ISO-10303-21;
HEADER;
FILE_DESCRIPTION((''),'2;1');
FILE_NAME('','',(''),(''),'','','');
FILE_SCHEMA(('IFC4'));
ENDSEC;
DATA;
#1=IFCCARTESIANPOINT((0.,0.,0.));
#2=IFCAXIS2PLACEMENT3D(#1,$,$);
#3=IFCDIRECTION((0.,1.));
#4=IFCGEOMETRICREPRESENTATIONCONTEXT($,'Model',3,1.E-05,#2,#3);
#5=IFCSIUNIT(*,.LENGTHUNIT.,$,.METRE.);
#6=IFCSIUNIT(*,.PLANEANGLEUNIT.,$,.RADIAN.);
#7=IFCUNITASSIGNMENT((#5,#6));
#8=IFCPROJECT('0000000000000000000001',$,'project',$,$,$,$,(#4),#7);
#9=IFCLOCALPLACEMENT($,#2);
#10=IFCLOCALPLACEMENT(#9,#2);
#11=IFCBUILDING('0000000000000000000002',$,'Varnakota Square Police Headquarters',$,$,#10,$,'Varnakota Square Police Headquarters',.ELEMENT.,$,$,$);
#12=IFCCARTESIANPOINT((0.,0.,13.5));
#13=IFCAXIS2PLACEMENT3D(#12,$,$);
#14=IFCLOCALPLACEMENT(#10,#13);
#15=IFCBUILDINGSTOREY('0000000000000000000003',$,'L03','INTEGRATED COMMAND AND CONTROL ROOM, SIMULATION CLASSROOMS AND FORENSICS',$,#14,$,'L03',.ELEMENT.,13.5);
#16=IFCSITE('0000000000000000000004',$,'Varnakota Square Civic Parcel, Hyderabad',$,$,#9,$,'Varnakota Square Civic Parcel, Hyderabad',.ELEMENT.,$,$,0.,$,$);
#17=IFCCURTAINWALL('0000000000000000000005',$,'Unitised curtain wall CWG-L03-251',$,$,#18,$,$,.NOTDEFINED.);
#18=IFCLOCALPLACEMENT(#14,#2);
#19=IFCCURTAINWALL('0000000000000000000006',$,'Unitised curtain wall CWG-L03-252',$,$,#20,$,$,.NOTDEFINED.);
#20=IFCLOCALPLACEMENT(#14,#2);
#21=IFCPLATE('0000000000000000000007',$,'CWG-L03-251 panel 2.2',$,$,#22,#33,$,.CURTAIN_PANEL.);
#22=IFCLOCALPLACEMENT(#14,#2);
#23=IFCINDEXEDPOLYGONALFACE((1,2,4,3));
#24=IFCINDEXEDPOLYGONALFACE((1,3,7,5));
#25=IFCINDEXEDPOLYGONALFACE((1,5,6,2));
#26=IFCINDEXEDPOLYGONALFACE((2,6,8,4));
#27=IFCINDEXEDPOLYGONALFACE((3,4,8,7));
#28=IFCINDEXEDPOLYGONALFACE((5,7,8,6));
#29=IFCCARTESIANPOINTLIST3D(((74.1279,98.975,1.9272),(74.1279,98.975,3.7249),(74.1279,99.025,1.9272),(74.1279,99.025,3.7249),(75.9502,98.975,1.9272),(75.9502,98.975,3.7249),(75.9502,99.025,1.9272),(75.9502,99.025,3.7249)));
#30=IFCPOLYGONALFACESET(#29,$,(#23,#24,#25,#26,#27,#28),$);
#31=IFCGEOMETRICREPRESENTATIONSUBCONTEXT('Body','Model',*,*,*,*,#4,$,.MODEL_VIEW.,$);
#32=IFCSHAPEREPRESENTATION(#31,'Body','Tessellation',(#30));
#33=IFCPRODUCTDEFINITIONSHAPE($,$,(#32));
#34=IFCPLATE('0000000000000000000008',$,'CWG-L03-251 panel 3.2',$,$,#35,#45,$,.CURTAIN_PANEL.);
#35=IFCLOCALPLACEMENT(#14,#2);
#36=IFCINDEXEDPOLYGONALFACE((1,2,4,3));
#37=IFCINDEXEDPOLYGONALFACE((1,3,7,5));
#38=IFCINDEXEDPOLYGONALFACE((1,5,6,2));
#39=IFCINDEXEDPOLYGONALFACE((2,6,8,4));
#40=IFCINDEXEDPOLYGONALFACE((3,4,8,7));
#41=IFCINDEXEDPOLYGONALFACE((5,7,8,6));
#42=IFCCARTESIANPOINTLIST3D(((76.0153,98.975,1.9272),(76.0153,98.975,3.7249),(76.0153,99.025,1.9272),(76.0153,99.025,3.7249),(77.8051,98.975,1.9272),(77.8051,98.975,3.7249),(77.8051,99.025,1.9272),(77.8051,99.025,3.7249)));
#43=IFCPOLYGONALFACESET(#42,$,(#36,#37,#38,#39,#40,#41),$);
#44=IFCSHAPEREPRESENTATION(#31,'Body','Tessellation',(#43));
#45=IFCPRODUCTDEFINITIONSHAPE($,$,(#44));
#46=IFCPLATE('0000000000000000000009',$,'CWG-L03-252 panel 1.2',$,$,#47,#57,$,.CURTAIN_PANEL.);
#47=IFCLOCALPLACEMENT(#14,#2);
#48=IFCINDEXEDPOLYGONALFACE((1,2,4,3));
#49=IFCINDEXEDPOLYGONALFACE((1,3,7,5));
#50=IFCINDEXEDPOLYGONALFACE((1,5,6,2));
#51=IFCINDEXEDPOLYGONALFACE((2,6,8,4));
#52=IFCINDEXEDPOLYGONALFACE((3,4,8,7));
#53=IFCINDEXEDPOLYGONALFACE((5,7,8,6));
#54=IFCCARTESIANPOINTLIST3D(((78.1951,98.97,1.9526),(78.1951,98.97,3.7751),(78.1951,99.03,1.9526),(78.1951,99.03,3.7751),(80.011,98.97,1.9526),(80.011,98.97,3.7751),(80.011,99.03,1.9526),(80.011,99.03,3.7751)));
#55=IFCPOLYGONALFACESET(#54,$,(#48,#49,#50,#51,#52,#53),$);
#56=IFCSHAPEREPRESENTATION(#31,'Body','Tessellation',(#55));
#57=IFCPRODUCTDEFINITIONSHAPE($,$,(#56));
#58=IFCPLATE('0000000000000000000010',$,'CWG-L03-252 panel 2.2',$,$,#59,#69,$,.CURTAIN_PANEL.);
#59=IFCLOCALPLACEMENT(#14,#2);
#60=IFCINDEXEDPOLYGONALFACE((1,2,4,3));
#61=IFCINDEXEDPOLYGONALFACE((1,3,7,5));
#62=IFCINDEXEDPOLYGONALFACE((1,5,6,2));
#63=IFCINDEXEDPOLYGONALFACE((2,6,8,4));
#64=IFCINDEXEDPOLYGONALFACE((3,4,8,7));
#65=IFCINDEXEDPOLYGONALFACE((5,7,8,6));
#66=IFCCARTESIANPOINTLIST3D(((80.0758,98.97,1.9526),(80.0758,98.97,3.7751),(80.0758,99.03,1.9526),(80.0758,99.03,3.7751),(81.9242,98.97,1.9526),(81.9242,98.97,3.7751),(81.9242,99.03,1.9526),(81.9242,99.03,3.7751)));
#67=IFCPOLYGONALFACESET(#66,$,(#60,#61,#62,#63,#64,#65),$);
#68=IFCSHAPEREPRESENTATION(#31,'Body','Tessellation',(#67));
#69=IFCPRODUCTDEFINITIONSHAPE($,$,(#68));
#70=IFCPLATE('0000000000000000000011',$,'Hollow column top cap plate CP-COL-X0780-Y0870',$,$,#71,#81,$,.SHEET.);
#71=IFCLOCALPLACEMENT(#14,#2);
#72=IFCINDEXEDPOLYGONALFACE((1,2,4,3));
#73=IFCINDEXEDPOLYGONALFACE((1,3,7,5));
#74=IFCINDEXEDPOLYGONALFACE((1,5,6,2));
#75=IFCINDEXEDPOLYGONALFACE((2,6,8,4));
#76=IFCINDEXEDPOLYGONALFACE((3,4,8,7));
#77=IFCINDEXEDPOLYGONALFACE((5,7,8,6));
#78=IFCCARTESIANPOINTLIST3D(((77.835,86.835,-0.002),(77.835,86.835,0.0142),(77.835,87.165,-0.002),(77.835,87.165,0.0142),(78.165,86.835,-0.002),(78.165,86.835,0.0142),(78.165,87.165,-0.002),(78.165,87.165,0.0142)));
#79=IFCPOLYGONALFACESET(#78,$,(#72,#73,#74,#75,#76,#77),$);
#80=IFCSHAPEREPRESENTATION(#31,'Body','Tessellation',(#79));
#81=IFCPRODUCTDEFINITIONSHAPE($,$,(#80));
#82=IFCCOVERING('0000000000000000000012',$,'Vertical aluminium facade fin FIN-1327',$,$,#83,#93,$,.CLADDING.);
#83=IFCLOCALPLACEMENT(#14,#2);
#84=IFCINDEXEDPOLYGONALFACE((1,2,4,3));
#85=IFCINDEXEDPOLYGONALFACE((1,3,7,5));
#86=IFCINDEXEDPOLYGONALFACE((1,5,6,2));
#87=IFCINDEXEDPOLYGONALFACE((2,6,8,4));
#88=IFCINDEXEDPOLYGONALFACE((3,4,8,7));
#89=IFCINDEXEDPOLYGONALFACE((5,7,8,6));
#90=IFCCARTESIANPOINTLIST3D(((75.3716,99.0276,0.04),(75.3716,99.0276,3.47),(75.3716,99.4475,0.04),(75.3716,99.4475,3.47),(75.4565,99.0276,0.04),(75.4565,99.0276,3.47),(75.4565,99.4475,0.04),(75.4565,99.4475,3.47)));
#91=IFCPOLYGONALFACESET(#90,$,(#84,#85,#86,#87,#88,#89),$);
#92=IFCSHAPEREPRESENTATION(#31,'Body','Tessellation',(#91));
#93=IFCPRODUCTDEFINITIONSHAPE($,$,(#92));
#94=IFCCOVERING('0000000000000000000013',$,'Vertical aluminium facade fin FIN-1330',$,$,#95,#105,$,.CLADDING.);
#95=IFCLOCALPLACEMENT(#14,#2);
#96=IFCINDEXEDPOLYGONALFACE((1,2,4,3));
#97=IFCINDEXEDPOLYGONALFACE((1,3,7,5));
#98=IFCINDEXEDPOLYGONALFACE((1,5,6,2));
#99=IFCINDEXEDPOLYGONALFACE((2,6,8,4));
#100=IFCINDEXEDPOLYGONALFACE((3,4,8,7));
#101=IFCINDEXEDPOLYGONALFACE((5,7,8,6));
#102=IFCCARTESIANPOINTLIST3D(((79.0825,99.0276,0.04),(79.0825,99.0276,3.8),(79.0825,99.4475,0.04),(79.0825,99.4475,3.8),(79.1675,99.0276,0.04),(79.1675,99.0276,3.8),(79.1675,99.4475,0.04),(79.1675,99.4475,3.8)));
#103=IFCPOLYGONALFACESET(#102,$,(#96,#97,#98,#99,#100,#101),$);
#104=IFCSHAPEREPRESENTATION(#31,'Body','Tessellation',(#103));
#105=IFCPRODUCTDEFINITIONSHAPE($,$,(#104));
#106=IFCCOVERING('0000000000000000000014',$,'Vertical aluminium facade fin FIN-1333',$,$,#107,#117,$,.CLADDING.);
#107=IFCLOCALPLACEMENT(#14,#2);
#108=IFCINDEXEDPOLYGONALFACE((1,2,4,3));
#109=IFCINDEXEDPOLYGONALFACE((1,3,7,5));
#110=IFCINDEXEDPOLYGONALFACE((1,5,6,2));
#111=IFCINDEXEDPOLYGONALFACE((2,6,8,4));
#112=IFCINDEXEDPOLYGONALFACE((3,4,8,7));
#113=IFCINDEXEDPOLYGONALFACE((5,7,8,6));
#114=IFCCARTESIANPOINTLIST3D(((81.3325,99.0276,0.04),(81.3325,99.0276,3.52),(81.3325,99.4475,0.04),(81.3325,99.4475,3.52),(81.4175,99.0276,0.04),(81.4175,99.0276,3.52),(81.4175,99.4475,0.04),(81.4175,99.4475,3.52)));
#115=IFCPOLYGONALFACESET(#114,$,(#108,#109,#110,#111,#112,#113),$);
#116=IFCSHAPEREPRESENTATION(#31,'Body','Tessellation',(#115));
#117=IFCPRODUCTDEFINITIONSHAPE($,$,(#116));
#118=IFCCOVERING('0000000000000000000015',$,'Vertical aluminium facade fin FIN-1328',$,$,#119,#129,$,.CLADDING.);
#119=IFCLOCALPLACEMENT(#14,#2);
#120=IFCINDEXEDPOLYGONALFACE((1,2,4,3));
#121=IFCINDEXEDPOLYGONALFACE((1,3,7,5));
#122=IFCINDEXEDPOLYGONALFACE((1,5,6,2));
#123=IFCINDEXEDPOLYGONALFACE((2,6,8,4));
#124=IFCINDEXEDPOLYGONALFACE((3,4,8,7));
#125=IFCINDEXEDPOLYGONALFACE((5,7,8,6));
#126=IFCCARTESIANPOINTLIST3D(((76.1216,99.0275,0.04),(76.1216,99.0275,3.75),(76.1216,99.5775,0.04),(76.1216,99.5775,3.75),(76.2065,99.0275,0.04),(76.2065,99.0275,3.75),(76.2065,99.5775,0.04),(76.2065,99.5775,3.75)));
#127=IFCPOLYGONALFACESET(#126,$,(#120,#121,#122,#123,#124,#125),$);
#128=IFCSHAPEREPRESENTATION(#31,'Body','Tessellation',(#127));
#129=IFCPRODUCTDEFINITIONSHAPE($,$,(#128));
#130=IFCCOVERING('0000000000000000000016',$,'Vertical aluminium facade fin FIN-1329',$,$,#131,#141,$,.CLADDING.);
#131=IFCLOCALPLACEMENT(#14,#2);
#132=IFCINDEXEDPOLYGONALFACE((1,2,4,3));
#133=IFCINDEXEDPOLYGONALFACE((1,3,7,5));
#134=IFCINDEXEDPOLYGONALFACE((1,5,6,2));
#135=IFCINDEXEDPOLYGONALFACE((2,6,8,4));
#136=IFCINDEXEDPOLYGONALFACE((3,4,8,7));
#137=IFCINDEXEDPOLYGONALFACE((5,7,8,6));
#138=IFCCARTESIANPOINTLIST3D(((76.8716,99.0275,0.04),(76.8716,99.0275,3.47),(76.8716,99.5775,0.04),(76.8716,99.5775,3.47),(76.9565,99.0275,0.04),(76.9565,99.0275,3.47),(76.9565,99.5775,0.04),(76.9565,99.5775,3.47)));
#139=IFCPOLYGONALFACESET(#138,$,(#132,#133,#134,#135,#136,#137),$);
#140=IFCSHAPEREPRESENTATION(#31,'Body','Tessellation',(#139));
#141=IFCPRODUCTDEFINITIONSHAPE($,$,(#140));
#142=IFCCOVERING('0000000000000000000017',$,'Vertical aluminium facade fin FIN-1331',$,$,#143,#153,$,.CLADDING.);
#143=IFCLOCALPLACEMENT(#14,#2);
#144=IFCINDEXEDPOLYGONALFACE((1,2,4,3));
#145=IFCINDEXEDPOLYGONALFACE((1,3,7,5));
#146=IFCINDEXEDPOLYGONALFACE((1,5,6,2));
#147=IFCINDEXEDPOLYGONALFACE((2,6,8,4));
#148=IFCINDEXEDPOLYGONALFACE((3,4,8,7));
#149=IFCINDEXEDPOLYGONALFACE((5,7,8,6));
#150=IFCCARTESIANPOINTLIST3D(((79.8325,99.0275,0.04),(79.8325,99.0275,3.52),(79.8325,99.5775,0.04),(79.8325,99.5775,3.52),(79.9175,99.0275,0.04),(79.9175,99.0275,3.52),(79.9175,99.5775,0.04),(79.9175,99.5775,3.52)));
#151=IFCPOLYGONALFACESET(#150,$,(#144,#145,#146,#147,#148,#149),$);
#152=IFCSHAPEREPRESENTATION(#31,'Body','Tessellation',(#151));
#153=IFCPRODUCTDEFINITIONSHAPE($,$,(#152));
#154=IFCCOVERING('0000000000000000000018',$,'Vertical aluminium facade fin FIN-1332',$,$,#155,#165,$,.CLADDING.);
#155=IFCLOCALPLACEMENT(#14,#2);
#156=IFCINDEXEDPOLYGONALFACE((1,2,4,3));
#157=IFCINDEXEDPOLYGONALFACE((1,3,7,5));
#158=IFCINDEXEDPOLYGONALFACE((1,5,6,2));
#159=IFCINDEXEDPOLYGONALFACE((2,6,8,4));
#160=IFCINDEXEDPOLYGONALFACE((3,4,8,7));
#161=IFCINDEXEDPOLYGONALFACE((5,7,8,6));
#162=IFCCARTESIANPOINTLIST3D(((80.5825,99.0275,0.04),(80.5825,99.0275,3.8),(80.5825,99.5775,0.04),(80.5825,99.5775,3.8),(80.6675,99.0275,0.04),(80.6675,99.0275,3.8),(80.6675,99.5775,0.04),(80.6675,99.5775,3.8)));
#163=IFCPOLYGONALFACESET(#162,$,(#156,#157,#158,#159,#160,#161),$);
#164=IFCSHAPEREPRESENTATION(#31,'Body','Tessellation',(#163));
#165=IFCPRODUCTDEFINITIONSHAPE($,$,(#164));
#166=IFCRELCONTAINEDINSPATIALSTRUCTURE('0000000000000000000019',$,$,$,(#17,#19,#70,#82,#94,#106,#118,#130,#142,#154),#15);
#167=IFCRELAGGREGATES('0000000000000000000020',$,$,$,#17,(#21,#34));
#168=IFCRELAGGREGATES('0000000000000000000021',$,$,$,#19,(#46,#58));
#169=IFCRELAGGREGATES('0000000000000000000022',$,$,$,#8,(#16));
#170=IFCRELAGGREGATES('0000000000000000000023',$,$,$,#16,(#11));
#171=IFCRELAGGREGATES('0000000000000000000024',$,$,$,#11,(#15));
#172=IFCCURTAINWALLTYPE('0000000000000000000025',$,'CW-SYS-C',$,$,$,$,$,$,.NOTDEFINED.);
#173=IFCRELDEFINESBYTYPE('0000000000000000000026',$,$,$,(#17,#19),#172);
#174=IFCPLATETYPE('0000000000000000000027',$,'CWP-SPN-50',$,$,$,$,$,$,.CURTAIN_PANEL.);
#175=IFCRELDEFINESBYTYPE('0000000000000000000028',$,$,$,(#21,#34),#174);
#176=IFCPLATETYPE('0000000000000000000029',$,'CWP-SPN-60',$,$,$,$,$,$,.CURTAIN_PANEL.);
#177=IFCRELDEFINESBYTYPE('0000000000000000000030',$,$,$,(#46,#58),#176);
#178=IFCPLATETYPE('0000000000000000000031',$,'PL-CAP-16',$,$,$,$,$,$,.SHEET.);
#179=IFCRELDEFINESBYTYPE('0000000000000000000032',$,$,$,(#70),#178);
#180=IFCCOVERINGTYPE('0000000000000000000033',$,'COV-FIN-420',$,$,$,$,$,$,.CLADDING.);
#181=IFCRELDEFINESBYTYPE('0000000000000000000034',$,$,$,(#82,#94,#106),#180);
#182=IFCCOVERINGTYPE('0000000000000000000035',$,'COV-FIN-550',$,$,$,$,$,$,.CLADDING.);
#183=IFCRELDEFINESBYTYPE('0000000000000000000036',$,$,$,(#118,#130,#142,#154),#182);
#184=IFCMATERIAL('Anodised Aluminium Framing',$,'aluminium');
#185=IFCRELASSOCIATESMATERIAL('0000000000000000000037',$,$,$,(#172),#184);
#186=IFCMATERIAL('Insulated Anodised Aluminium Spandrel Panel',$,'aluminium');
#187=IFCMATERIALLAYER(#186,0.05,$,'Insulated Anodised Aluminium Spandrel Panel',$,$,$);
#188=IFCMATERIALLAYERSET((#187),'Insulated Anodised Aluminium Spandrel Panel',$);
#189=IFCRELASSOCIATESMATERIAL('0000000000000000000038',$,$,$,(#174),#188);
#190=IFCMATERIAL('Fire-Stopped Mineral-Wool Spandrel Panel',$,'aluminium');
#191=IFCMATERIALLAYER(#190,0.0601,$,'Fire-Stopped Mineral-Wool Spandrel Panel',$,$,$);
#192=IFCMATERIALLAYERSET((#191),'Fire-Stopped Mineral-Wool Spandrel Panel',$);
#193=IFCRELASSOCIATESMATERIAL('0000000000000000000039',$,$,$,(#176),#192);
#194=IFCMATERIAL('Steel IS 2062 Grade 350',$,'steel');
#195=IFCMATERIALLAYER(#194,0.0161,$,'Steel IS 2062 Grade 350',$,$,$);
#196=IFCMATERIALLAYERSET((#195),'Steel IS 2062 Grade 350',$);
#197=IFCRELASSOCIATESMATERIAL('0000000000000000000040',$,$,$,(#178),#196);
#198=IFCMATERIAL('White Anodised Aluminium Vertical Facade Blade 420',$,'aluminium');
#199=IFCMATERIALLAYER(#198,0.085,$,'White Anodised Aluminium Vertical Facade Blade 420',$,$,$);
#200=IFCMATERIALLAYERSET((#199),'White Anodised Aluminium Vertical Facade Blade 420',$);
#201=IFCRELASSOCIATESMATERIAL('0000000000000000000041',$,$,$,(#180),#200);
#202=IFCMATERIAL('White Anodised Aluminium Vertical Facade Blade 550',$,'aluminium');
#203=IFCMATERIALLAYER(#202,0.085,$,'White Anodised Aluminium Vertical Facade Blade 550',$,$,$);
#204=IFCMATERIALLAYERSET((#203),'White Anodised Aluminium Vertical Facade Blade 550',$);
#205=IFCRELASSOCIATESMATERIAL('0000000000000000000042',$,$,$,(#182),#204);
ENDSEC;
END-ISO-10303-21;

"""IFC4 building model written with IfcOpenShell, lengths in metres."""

from ifc_helpers import new_model, si_unit, direction, frame, origin, origin_2d, place, context, subcontext, project, spatial, rectangle, extrude, material, layer, layer_set, type_object, element, aggregate, save


model = new_model("IFC4")

# Units and contexts
model_context = context("Model", 3, precision=1e-05, world=origin(), true_north=direction((0.0, 1.0)))
body_context = subcontext(model_context, "Body", "Model", "MODEL_VIEW")
ifc_project = project(units=[si_unit("LENGTHUNIT", "METRE"), si_unit("PLANEANGLEUNIT", "RADIAN")], contexts=[model_context])

# Site, building, storey
site_placement = place(None, origin())
site = spatial("IfcSite", under=ifc_project, at=site_placement, Name="Varnakota Square Civic Parcel, Hyderabad", LongName="Varnakota Square Civic Parcel, Hyderabad", CompositionType="ELEMENT", RefElevation=0.0)
building_placement = place(site_placement, origin())
building = spatial("IfcBuilding", under=site, at=building_placement, Name="Varnakota Square Police Headquarters", LongName="Varnakota Square Police Headquarters", CompositionType="ELEMENT")
storey_placement = place(building_placement, frame((0.0, 0.0, 13.5)))
storey = spatial("IfcBuildingStorey", under=building, at=storey_placement, Name="L03", Description="INTEGRATED COMMAND AND CONTROL ROOM, SIMULATION CLASSROOMS AND FORENSICS", LongName="L03", CompositionType="ELEMENT", Elevation=13.5)

# Shared definitions
ifc_material_1 = material(Name="Steel IS 2062 Grade 350", Category="steel")

# Curtain walls
ifc_material_2 = material(Name="Anodised Aluminium Framing", Category="aluminium")
curtain_wall_type = type_object("IfcCurtainWallType", Name="CW-SYS-C", PredefinedType="NOTDEFINED", material=ifc_material_2)
curtain_wall_1_placement = place(storey_placement, origin())
curtain_wall_1 = element("IfcCurtainWall", 1, at=curtain_wall_1_placement, inside=storey, type_object=curtain_wall_type, Name="Unitised curtain wall CWG-L03-251", PredefinedType="NOTDEFINED")
curtain_wall_2_placement = place(storey_placement, origin())
curtain_wall_2 = element("IfcCurtainWall", 2, at=curtain_wall_2_placement, inside=storey, type_object=curtain_wall_type, Name="Unitised curtain wall CWG-L03-252", PredefinedType="NOTDEFINED")

# Plates
ifc_material_3 = material(Name="Insulated Anodised Aluminium Spandrel Panel", Category="aluminium")
ifc_layer_1 = layer(ifc_material_3, 0.05, Name="Insulated Anodised Aluminium Spandrel Panel")
ifc_layer_set_1 = layer_set([ifc_layer_1], Name="Insulated Anodised Aluminium Spandrel Panel")
plate_type_1 = type_object("IfcPlateType", Name="CWP-SPN-50", PredefinedType="CURTAIN_PANEL", material=ifc_layer_set_1)
plate_1_placement = place(storey_placement, frame((75.0391, 99.0, 1.9272), z_axis=(0.0, 0.0, 1.0), x_axis=(1.0, 0.0, 0.0)))
plate_1 = element("IfcPlate", 3, at=plate_1_placement, type_object=plate_type_1, Name="CWG-L03-251 panel 2.2", PredefinedType="CURTAIN_PANEL", context=body_context, shape_type="SweptSolid", body=[
    extrude(rectangle(XDim=1.8223, YDim=0.05, at=origin_2d()), origin(), (0.0, 0.0, 1.0), 1.7976),
])
plate_2_placement = place(storey_placement, frame((76.9102, 99.0, 1.9272), z_axis=(0.0, 0.0, 1.0), x_axis=(1.0, 0.0, 0.0)))
plate_2 = element("IfcPlate", 4, at=plate_2_placement, type_object=plate_type_1, Name="CWG-L03-251 panel 3.2", PredefinedType="CURTAIN_PANEL", context=body_context, shape_type="SweptSolid", body=[
    extrude(rectangle(XDim=1.7898, YDim=0.05, at=origin_2d()), origin(), (0.0, 0.0, 1.0), 1.7976),
])
aggregate(curtain_wall_1, [plate_1, plate_2])
ifc_material_4 = material(Name="Fire-Stopped Mineral-Wool Spandrel Panel", Category="aluminium")
ifc_layer_2 = layer(ifc_material_4, 0.0601, Name="Fire-Stopped Mineral-Wool Spandrel Panel")
ifc_layer_set_2 = layer_set([ifc_layer_2], Name="Fire-Stopped Mineral-Wool Spandrel Panel")
plate_type_2 = type_object("IfcPlateType", Name="CWP-SPN-60", PredefinedType="CURTAIN_PANEL", material=ifc_layer_set_2)
plate_3_placement = place(storey_placement, frame((79.103, 99.0, 1.9526), z_axis=(0.0, 0.0, 1.0), x_axis=(1.0, 0.0, 0.0)))
plate_3 = element("IfcPlate", 5, at=plate_3_placement, type_object=plate_type_2, Name="CWG-L03-252 panel 1.2", PredefinedType="CURTAIN_PANEL", context=body_context, shape_type="SweptSolid", body=[
    extrude(rectangle(XDim=1.8159, YDim=0.0601, at=origin_2d()), origin(), (0.0, 0.0, 1.0), 1.8225),
])
plate_4_placement = place(storey_placement, frame((81.0, 99.0, 1.9526), z_axis=(0.0, 0.0, 1.0), x_axis=(1.0, 0.0, 0.0)))
plate_4 = element("IfcPlate", 6, at=plate_4_placement, type_object=plate_type_2, Name="CWG-L03-252 panel 2.2", PredefinedType="CURTAIN_PANEL", context=body_context, shape_type="SweptSolid", body=[
    extrude(rectangle(XDim=1.8484, YDim=0.0601, at=origin_2d()), origin(), (0.0, 0.0, 1.0), 1.8225),
])
aggregate(curtain_wall_2, [plate_3, plate_4])
ifc_layer_3 = layer(ifc_material_1, 0.0161, Name="Steel IS 2062 Grade 350")
ifc_layer_set_3 = layer_set([ifc_layer_3], Name="Steel IS 2062 Grade 350")
plate_type_3 = type_object("IfcPlateType", Name="PL-CAP-16", PredefinedType="SHEET", material=ifc_layer_set_3)
plate_5_placement = place(storey_placement, frame((78.0, 87.0, -0.002), z_axis=(0.0, 0.0, 1.0), x_axis=(1.0, 0.0, 0.0)))
element("IfcPlate", 7, at=plate_5_placement, inside=storey, type_object=plate_type_3, Name="Hollow column top cap plate CP-COL-X0780-Y0870", PredefinedType="SHEET", context=body_context, shape_type="SweptSolid", body=[
    extrude(rectangle(XDim=0.3301, YDim=0.3301, at=origin_2d()), origin(), (0.0, 0.0, 1.0), 0.0161),
])

# Coverings
ifc_material_5 = material(Name="White Anodised Aluminium Vertical Facade Blade 420", Category="aluminium")
ifc_layer_4 = layer(ifc_material_5, 0.085, Name="White Anodised Aluminium Vertical Facade Blade 420")
ifc_layer_set_4 = layer_set([ifc_layer_4], Name="White Anodised Aluminium Vertical Facade Blade 420")
covering_type_1 = type_object("IfcCoveringType", Name="COV-FIN-420", PredefinedType="CLADDING", material=ifc_layer_set_4)
covering_1_placement = place(storey_placement, frame((75.4141, 99.2375, 0.04), z_axis=(0.0, 0.0, 1.0), x_axis=(1.0, 0.0, 0.0)))
element("IfcCovering", 8, at=covering_1_placement, inside=storey, type_object=covering_type_1, Name="Vertical aluminium facade fin FIN-1327", PredefinedType="CLADDING", context=body_context, shape_type="SweptSolid", body=[
    extrude(rectangle(XDim=0.085, YDim=0.4199, at=origin_2d()), origin(), (0.0, 0.0, 1.0), 3.4299),
])
covering_2_placement = place(storey_placement, frame((79.125, 99.2375, 0.04), z_axis=(0.0, 0.0, 1.0), x_axis=(1.0, 0.0, 0.0)))
element("IfcCovering", 9, at=covering_2_placement, inside=storey, type_object=covering_type_1, Name="Vertical aluminium facade fin FIN-1330", PredefinedType="CLADDING", context=body_context, shape_type="SweptSolid", body=[
    extrude(rectangle(XDim=0.085, YDim=0.4199, at=origin_2d()), origin(), (0.0, 0.0, 1.0), 3.76),
])
covering_3_placement = place(storey_placement, frame((81.375, 99.2375, 0.04), z_axis=(0.0, 0.0, 1.0), x_axis=(1.0, 0.0, 0.0)))
element("IfcCovering", 10, at=covering_3_placement, inside=storey, type_object=covering_type_1, Name="Vertical aluminium facade fin FIN-1333", PredefinedType="CLADDING", context=body_context, shape_type="SweptSolid", body=[
    extrude(rectangle(XDim=0.085, YDim=0.4199, at=origin_2d()), origin(), (0.0, 0.0, 1.0), 3.48),
])
ifc_material_6 = material(Name="White Anodised Aluminium Vertical Facade Blade 550", Category="aluminium")
ifc_layer_5 = layer(ifc_material_6, 0.085, Name="White Anodised Aluminium Vertical Facade Blade 550")
ifc_layer_set_5 = layer_set([ifc_layer_5], Name="White Anodised Aluminium Vertical Facade Blade 550")
covering_type_2 = type_object("IfcCoveringType", Name="COV-FIN-550", PredefinedType="CLADDING", material=ifc_layer_set_5)
covering_4_placement = place(storey_placement, frame((76.1641, 99.3025, 0.04), z_axis=(0.0, 0.0, 1.0), x_axis=(1.0, 0.0, 0.0)))
element("IfcCovering", 11, at=covering_4_placement, inside=storey, type_object=covering_type_2, Name="Vertical aluminium facade fin FIN-1328", PredefinedType="CLADDING", context=body_context, shape_type="SweptSolid", body=[
    extrude(rectangle(XDim=0.085, YDim=0.55, at=origin_2d()), origin(), (0.0, 0.0, 1.0), 3.71),
])
covering_5_placement = place(storey_placement, frame((76.9141, 99.3025, 0.04), z_axis=(0.0, 0.0, 1.0), x_axis=(1.0, 0.0, 0.0)))
element("IfcCovering", 12, at=covering_5_placement, inside=storey, type_object=covering_type_2, Name="Vertical aluminium facade fin FIN-1329", PredefinedType="CLADDING", context=body_context, shape_type="SweptSolid", body=[
    extrude(rectangle(XDim=0.085, YDim=0.55, at=origin_2d()), origin(), (0.0, 0.0, 1.0), 3.4299),
])
covering_6_placement = place(storey_placement, frame((79.875, 99.3025, 0.04), z_axis=(0.0, 0.0, 1.0), x_axis=(1.0, 0.0, 0.0)))
element("IfcCovering", 13, at=covering_6_placement, inside=storey, type_object=covering_type_2, Name="Vertical aluminium facade fin FIN-1331", PredefinedType="CLADDING", context=body_context, shape_type="SweptSolid", body=[
    extrude(rectangle(XDim=0.085, YDim=0.55, at=origin_2d()), origin(), (0.0, 0.0, 1.0), 3.48),
])
covering_7_placement = place(storey_placement, frame((80.625, 99.3025, 0.04), z_axis=(0.0, 0.0, 1.0), x_axis=(1.0, 0.0, 0.0)))
element("IfcCovering", 14, at=covering_7_placement, inside=storey, type_object=covering_type_2, Name="Vertical aluminium facade fin FIN-1332", PredefinedType="CLADDING", context=body_context, shape_type="SweptSolid", body=[
    extrude(rectangle(XDim=0.085, YDim=0.55, at=origin_2d()), origin(), (0.0, 0.0, 1.0), 3.76),
])

save(model, "model.ifc")
